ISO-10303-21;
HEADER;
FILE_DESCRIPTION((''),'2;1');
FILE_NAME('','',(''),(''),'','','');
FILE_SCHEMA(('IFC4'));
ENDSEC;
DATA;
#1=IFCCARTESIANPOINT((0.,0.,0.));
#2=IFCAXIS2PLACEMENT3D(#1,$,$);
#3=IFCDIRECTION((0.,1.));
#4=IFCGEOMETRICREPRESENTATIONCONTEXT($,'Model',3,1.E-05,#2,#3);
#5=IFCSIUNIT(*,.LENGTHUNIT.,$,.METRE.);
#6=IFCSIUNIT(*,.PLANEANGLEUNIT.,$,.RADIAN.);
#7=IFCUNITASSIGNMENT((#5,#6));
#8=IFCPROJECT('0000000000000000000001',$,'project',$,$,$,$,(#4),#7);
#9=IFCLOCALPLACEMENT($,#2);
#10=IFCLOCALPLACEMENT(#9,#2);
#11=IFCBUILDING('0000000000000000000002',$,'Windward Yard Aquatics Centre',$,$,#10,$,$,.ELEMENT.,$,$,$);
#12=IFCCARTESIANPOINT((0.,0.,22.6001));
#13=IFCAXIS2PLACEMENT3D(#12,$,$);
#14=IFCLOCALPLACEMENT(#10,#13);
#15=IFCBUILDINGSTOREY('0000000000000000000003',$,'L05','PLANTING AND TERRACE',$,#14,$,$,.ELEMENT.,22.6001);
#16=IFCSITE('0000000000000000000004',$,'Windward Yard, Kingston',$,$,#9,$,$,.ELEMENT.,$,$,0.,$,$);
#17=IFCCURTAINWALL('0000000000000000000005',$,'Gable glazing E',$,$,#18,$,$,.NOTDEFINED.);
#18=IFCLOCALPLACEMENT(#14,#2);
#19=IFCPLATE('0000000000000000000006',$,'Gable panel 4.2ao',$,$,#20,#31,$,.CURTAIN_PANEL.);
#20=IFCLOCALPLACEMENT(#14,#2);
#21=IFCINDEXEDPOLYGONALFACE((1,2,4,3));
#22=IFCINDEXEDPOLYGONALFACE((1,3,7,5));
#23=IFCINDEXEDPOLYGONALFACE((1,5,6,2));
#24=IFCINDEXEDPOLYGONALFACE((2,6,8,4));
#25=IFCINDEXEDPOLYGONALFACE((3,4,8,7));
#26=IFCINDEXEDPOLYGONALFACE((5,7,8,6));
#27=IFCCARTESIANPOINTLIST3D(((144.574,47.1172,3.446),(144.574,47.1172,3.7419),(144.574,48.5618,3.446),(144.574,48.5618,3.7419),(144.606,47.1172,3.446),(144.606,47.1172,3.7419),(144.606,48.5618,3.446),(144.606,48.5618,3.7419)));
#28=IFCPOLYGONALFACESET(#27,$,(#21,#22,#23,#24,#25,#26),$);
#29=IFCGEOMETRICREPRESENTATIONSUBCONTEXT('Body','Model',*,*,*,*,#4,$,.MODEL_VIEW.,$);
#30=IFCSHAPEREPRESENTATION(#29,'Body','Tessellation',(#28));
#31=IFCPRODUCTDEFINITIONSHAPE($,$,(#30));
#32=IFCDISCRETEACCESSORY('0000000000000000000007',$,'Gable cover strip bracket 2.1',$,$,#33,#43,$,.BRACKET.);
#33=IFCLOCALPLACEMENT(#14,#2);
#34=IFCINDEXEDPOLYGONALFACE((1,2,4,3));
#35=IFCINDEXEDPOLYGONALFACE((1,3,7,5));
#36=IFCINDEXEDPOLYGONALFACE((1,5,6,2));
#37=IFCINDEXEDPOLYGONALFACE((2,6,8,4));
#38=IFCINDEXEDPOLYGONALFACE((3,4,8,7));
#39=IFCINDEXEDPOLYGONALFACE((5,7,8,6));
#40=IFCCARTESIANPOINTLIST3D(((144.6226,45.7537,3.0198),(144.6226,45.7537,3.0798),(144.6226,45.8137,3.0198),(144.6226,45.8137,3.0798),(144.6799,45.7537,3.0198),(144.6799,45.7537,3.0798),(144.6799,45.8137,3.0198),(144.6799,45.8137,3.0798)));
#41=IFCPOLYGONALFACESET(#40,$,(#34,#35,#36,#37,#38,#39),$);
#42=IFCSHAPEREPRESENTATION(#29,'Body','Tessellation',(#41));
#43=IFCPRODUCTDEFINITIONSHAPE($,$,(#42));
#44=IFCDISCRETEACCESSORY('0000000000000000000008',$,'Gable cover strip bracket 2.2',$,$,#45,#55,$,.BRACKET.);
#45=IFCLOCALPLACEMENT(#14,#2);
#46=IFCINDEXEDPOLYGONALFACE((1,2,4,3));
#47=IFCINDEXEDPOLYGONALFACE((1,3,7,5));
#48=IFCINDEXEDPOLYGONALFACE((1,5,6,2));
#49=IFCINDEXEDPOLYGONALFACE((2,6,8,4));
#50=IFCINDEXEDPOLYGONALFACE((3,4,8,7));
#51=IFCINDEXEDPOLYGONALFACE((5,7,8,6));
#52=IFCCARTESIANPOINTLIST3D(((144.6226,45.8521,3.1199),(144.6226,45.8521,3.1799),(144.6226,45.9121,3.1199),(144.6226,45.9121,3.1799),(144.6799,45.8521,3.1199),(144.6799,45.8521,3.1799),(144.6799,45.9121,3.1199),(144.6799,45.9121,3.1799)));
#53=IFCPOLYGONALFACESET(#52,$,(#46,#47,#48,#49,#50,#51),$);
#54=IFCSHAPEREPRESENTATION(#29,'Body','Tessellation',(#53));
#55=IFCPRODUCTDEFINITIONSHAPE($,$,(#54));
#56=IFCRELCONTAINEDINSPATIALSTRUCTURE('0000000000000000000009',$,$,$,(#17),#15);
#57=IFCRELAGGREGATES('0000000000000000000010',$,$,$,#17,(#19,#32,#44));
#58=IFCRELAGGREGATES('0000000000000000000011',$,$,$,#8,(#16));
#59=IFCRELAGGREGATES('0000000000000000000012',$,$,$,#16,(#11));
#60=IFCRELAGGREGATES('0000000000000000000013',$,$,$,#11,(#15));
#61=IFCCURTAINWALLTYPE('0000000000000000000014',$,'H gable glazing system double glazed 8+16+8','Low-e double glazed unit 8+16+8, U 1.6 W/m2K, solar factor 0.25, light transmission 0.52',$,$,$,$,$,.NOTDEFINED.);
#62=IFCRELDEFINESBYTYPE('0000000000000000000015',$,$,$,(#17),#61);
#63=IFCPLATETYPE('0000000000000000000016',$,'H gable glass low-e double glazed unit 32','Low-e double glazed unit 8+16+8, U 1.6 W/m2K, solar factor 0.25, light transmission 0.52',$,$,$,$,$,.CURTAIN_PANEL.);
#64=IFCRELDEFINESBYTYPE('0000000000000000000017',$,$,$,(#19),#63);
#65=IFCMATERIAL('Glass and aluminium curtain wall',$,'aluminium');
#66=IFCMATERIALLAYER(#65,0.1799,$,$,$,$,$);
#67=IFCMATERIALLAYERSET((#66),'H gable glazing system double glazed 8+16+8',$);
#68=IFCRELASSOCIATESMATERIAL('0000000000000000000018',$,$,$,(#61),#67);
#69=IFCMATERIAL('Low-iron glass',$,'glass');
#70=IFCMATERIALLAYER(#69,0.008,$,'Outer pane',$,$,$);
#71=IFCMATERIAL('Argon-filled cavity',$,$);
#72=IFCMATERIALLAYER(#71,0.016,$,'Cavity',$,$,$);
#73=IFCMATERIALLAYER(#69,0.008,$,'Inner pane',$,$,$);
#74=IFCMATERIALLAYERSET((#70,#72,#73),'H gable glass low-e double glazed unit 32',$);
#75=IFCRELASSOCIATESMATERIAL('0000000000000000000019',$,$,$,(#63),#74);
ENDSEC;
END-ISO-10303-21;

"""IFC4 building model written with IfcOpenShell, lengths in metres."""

from ifc_helpers import new_model, si_unit, direction, frame, origin, origin_2d, place, context, subcontext, project, spatial, polyline, rectangle, outline, extrude, material, layer, layer_set, type_object, element, aggregate, save


model = new_model("IFC4")

# Units and contexts
model_context = context("Model", 3, precision=1e-05, world=origin(), true_north=direction((0.0, 1.0)))
body_context = subcontext(model_context, "Body", "Model", "MODEL_VIEW")
ifc_project = project(units=[si_unit("LENGTHUNIT", "METRE"), si_unit("PLANEANGLEUNIT", "RADIAN")], contexts=[model_context])

# Site, building, storey
site_placement = place(None, origin())
site = spatial("IfcSite", under=ifc_project, at=site_placement, Name="Windward Yard, Kingston", CompositionType="ELEMENT", RefElevation=0.0)
building_placement = place(site_placement, origin())
building = spatial("IfcBuilding", under=site, at=building_placement, Name="Windward Yard Aquatics Centre", CompositionType="ELEMENT")
storey_placement = place(building_placement, frame((0.0, 0.0, 22.6001)))
storey = spatial("IfcBuildingStorey", under=building, at=storey_placement, Name="L05", Description="PLANTING AND TERRACE", CompositionType="ELEMENT", Elevation=22.6001)

# Curtain wall, plate, discrete accessories
ifc_material_1 = material(Name="Glass and aluminium curtain wall", Category="aluminium")
ifc_layer_1 = layer(ifc_material_1, 0.1799)
ifc_layer_set_1 = layer_set([ifc_layer_1], Name="H gable glazing system double glazed 8+16+8")
curtain_wall_type = type_object("IfcCurtainWallType", Name="H gable glazing system double glazed 8+16+8", Description="Low-e double glazed unit 8+16+8, U 1.6 W/m2K, solar factor 0.25, light transmission 0.52", PredefinedType="NOTDEFINED", material=ifc_layer_set_1)
curtain_wall_placement = place(storey_placement, origin())
curtain_wall = element("IfcCurtainWall", 1, at=curtain_wall_placement, inside=storey, type_object=curtain_wall_type, Name="Gable glazing E", PredefinedType="NOTDEFINED")
ifc_material_2 = material(Name="Low-iron glass", Category="glass")
ifc_layer_2 = layer(ifc_material_2, 0.008, Name="Outer pane")
ifc_material_3 = material(Name="Argon-filled cavity")
ifc_layer_3 = layer(ifc_material_3, 0.016, Name="Cavity")
ifc_layer_4 = layer(ifc_material_2, 0.008, Name="Inner pane")
ifc_layer_set_2 = layer_set([ifc_layer_2, ifc_layer_3, ifc_layer_4], Name="H gable glass low-e double glazed unit 32")
plate_type = type_object("IfcPlateType", Name="H gable glass low-e double glazed unit 32", Description="Low-e double glazed unit 8+16+8, U 1.6 W/m2K, solar factor 0.25, light transmission 0.52", PredefinedType="CURTAIN_PANEL", material=ifc_layer_set_2)
plate_1_placement = place(storey_placement, frame((144.606, 47.1172, 3.446), z_axis=(1.0, 0.0, 0.0), x_axis=(0.0, 1.0, 0.0)))
plate_1 = element("IfcPlate", 2, at=plate_1_placement, type_object=plate_type, Name="Gable panel 4.2ao", PredefinedType="CURTAIN_PANEL", context=body_context, shape_type="SweptSolid", body=[
    extrude(outline(polyline([(0.0, 0.0), (1.4446, 0.0), (1.4446, 0.2959), (0.0, 0.2959), (0.0, 0.0)])), origin(), (0.0, 0.0, -1.0), 0.032),
])
discrete_accessory_1_placement = place(storey_placement, frame((144.6226, 45.7837, 3.0498), z_axis=(1.0, 0.0, 0.0), x_axis=(0.0, 1.0, 0.0)))
discrete_accessory_1 = element("IfcDiscreteAccessory", 3, at=discrete_accessory_1_placement, Name="Gable cover strip bracket 2.1", PredefinedType="BRACKET", context=body_context, shape_type="SweptSolid", body=[
    extrude(rectangle(XDim=0.0601, YDim=0.0601, at=origin_2d()), origin(), (0.0, 0.0, 1.0), 0.0574),
])
discrete_accessory_2_placement = place(storey_placement, frame((144.6226, 45.8821, 3.1499), z_axis=(1.0, 0.0, 0.0), x_axis=(0.0, 1.0, 0.0)))
discrete_accessory_2 = element("IfcDiscreteAccessory", 4, at=discrete_accessory_2_placement, Name="Gable cover strip bracket 2.2", PredefinedType="BRACKET", context=body_context, shape_type="SweptSolid", body=[
    extrude(rectangle(XDim=0.0601, YDim=0.0601, at=origin_2d()), origin(), (0.0, 0.0, 1.0), 0.0574),
])
aggregate(curtain_wall, [plate_1, discrete_accessory_1, discrete_accessory_2])

save(model, "model.ifc")
